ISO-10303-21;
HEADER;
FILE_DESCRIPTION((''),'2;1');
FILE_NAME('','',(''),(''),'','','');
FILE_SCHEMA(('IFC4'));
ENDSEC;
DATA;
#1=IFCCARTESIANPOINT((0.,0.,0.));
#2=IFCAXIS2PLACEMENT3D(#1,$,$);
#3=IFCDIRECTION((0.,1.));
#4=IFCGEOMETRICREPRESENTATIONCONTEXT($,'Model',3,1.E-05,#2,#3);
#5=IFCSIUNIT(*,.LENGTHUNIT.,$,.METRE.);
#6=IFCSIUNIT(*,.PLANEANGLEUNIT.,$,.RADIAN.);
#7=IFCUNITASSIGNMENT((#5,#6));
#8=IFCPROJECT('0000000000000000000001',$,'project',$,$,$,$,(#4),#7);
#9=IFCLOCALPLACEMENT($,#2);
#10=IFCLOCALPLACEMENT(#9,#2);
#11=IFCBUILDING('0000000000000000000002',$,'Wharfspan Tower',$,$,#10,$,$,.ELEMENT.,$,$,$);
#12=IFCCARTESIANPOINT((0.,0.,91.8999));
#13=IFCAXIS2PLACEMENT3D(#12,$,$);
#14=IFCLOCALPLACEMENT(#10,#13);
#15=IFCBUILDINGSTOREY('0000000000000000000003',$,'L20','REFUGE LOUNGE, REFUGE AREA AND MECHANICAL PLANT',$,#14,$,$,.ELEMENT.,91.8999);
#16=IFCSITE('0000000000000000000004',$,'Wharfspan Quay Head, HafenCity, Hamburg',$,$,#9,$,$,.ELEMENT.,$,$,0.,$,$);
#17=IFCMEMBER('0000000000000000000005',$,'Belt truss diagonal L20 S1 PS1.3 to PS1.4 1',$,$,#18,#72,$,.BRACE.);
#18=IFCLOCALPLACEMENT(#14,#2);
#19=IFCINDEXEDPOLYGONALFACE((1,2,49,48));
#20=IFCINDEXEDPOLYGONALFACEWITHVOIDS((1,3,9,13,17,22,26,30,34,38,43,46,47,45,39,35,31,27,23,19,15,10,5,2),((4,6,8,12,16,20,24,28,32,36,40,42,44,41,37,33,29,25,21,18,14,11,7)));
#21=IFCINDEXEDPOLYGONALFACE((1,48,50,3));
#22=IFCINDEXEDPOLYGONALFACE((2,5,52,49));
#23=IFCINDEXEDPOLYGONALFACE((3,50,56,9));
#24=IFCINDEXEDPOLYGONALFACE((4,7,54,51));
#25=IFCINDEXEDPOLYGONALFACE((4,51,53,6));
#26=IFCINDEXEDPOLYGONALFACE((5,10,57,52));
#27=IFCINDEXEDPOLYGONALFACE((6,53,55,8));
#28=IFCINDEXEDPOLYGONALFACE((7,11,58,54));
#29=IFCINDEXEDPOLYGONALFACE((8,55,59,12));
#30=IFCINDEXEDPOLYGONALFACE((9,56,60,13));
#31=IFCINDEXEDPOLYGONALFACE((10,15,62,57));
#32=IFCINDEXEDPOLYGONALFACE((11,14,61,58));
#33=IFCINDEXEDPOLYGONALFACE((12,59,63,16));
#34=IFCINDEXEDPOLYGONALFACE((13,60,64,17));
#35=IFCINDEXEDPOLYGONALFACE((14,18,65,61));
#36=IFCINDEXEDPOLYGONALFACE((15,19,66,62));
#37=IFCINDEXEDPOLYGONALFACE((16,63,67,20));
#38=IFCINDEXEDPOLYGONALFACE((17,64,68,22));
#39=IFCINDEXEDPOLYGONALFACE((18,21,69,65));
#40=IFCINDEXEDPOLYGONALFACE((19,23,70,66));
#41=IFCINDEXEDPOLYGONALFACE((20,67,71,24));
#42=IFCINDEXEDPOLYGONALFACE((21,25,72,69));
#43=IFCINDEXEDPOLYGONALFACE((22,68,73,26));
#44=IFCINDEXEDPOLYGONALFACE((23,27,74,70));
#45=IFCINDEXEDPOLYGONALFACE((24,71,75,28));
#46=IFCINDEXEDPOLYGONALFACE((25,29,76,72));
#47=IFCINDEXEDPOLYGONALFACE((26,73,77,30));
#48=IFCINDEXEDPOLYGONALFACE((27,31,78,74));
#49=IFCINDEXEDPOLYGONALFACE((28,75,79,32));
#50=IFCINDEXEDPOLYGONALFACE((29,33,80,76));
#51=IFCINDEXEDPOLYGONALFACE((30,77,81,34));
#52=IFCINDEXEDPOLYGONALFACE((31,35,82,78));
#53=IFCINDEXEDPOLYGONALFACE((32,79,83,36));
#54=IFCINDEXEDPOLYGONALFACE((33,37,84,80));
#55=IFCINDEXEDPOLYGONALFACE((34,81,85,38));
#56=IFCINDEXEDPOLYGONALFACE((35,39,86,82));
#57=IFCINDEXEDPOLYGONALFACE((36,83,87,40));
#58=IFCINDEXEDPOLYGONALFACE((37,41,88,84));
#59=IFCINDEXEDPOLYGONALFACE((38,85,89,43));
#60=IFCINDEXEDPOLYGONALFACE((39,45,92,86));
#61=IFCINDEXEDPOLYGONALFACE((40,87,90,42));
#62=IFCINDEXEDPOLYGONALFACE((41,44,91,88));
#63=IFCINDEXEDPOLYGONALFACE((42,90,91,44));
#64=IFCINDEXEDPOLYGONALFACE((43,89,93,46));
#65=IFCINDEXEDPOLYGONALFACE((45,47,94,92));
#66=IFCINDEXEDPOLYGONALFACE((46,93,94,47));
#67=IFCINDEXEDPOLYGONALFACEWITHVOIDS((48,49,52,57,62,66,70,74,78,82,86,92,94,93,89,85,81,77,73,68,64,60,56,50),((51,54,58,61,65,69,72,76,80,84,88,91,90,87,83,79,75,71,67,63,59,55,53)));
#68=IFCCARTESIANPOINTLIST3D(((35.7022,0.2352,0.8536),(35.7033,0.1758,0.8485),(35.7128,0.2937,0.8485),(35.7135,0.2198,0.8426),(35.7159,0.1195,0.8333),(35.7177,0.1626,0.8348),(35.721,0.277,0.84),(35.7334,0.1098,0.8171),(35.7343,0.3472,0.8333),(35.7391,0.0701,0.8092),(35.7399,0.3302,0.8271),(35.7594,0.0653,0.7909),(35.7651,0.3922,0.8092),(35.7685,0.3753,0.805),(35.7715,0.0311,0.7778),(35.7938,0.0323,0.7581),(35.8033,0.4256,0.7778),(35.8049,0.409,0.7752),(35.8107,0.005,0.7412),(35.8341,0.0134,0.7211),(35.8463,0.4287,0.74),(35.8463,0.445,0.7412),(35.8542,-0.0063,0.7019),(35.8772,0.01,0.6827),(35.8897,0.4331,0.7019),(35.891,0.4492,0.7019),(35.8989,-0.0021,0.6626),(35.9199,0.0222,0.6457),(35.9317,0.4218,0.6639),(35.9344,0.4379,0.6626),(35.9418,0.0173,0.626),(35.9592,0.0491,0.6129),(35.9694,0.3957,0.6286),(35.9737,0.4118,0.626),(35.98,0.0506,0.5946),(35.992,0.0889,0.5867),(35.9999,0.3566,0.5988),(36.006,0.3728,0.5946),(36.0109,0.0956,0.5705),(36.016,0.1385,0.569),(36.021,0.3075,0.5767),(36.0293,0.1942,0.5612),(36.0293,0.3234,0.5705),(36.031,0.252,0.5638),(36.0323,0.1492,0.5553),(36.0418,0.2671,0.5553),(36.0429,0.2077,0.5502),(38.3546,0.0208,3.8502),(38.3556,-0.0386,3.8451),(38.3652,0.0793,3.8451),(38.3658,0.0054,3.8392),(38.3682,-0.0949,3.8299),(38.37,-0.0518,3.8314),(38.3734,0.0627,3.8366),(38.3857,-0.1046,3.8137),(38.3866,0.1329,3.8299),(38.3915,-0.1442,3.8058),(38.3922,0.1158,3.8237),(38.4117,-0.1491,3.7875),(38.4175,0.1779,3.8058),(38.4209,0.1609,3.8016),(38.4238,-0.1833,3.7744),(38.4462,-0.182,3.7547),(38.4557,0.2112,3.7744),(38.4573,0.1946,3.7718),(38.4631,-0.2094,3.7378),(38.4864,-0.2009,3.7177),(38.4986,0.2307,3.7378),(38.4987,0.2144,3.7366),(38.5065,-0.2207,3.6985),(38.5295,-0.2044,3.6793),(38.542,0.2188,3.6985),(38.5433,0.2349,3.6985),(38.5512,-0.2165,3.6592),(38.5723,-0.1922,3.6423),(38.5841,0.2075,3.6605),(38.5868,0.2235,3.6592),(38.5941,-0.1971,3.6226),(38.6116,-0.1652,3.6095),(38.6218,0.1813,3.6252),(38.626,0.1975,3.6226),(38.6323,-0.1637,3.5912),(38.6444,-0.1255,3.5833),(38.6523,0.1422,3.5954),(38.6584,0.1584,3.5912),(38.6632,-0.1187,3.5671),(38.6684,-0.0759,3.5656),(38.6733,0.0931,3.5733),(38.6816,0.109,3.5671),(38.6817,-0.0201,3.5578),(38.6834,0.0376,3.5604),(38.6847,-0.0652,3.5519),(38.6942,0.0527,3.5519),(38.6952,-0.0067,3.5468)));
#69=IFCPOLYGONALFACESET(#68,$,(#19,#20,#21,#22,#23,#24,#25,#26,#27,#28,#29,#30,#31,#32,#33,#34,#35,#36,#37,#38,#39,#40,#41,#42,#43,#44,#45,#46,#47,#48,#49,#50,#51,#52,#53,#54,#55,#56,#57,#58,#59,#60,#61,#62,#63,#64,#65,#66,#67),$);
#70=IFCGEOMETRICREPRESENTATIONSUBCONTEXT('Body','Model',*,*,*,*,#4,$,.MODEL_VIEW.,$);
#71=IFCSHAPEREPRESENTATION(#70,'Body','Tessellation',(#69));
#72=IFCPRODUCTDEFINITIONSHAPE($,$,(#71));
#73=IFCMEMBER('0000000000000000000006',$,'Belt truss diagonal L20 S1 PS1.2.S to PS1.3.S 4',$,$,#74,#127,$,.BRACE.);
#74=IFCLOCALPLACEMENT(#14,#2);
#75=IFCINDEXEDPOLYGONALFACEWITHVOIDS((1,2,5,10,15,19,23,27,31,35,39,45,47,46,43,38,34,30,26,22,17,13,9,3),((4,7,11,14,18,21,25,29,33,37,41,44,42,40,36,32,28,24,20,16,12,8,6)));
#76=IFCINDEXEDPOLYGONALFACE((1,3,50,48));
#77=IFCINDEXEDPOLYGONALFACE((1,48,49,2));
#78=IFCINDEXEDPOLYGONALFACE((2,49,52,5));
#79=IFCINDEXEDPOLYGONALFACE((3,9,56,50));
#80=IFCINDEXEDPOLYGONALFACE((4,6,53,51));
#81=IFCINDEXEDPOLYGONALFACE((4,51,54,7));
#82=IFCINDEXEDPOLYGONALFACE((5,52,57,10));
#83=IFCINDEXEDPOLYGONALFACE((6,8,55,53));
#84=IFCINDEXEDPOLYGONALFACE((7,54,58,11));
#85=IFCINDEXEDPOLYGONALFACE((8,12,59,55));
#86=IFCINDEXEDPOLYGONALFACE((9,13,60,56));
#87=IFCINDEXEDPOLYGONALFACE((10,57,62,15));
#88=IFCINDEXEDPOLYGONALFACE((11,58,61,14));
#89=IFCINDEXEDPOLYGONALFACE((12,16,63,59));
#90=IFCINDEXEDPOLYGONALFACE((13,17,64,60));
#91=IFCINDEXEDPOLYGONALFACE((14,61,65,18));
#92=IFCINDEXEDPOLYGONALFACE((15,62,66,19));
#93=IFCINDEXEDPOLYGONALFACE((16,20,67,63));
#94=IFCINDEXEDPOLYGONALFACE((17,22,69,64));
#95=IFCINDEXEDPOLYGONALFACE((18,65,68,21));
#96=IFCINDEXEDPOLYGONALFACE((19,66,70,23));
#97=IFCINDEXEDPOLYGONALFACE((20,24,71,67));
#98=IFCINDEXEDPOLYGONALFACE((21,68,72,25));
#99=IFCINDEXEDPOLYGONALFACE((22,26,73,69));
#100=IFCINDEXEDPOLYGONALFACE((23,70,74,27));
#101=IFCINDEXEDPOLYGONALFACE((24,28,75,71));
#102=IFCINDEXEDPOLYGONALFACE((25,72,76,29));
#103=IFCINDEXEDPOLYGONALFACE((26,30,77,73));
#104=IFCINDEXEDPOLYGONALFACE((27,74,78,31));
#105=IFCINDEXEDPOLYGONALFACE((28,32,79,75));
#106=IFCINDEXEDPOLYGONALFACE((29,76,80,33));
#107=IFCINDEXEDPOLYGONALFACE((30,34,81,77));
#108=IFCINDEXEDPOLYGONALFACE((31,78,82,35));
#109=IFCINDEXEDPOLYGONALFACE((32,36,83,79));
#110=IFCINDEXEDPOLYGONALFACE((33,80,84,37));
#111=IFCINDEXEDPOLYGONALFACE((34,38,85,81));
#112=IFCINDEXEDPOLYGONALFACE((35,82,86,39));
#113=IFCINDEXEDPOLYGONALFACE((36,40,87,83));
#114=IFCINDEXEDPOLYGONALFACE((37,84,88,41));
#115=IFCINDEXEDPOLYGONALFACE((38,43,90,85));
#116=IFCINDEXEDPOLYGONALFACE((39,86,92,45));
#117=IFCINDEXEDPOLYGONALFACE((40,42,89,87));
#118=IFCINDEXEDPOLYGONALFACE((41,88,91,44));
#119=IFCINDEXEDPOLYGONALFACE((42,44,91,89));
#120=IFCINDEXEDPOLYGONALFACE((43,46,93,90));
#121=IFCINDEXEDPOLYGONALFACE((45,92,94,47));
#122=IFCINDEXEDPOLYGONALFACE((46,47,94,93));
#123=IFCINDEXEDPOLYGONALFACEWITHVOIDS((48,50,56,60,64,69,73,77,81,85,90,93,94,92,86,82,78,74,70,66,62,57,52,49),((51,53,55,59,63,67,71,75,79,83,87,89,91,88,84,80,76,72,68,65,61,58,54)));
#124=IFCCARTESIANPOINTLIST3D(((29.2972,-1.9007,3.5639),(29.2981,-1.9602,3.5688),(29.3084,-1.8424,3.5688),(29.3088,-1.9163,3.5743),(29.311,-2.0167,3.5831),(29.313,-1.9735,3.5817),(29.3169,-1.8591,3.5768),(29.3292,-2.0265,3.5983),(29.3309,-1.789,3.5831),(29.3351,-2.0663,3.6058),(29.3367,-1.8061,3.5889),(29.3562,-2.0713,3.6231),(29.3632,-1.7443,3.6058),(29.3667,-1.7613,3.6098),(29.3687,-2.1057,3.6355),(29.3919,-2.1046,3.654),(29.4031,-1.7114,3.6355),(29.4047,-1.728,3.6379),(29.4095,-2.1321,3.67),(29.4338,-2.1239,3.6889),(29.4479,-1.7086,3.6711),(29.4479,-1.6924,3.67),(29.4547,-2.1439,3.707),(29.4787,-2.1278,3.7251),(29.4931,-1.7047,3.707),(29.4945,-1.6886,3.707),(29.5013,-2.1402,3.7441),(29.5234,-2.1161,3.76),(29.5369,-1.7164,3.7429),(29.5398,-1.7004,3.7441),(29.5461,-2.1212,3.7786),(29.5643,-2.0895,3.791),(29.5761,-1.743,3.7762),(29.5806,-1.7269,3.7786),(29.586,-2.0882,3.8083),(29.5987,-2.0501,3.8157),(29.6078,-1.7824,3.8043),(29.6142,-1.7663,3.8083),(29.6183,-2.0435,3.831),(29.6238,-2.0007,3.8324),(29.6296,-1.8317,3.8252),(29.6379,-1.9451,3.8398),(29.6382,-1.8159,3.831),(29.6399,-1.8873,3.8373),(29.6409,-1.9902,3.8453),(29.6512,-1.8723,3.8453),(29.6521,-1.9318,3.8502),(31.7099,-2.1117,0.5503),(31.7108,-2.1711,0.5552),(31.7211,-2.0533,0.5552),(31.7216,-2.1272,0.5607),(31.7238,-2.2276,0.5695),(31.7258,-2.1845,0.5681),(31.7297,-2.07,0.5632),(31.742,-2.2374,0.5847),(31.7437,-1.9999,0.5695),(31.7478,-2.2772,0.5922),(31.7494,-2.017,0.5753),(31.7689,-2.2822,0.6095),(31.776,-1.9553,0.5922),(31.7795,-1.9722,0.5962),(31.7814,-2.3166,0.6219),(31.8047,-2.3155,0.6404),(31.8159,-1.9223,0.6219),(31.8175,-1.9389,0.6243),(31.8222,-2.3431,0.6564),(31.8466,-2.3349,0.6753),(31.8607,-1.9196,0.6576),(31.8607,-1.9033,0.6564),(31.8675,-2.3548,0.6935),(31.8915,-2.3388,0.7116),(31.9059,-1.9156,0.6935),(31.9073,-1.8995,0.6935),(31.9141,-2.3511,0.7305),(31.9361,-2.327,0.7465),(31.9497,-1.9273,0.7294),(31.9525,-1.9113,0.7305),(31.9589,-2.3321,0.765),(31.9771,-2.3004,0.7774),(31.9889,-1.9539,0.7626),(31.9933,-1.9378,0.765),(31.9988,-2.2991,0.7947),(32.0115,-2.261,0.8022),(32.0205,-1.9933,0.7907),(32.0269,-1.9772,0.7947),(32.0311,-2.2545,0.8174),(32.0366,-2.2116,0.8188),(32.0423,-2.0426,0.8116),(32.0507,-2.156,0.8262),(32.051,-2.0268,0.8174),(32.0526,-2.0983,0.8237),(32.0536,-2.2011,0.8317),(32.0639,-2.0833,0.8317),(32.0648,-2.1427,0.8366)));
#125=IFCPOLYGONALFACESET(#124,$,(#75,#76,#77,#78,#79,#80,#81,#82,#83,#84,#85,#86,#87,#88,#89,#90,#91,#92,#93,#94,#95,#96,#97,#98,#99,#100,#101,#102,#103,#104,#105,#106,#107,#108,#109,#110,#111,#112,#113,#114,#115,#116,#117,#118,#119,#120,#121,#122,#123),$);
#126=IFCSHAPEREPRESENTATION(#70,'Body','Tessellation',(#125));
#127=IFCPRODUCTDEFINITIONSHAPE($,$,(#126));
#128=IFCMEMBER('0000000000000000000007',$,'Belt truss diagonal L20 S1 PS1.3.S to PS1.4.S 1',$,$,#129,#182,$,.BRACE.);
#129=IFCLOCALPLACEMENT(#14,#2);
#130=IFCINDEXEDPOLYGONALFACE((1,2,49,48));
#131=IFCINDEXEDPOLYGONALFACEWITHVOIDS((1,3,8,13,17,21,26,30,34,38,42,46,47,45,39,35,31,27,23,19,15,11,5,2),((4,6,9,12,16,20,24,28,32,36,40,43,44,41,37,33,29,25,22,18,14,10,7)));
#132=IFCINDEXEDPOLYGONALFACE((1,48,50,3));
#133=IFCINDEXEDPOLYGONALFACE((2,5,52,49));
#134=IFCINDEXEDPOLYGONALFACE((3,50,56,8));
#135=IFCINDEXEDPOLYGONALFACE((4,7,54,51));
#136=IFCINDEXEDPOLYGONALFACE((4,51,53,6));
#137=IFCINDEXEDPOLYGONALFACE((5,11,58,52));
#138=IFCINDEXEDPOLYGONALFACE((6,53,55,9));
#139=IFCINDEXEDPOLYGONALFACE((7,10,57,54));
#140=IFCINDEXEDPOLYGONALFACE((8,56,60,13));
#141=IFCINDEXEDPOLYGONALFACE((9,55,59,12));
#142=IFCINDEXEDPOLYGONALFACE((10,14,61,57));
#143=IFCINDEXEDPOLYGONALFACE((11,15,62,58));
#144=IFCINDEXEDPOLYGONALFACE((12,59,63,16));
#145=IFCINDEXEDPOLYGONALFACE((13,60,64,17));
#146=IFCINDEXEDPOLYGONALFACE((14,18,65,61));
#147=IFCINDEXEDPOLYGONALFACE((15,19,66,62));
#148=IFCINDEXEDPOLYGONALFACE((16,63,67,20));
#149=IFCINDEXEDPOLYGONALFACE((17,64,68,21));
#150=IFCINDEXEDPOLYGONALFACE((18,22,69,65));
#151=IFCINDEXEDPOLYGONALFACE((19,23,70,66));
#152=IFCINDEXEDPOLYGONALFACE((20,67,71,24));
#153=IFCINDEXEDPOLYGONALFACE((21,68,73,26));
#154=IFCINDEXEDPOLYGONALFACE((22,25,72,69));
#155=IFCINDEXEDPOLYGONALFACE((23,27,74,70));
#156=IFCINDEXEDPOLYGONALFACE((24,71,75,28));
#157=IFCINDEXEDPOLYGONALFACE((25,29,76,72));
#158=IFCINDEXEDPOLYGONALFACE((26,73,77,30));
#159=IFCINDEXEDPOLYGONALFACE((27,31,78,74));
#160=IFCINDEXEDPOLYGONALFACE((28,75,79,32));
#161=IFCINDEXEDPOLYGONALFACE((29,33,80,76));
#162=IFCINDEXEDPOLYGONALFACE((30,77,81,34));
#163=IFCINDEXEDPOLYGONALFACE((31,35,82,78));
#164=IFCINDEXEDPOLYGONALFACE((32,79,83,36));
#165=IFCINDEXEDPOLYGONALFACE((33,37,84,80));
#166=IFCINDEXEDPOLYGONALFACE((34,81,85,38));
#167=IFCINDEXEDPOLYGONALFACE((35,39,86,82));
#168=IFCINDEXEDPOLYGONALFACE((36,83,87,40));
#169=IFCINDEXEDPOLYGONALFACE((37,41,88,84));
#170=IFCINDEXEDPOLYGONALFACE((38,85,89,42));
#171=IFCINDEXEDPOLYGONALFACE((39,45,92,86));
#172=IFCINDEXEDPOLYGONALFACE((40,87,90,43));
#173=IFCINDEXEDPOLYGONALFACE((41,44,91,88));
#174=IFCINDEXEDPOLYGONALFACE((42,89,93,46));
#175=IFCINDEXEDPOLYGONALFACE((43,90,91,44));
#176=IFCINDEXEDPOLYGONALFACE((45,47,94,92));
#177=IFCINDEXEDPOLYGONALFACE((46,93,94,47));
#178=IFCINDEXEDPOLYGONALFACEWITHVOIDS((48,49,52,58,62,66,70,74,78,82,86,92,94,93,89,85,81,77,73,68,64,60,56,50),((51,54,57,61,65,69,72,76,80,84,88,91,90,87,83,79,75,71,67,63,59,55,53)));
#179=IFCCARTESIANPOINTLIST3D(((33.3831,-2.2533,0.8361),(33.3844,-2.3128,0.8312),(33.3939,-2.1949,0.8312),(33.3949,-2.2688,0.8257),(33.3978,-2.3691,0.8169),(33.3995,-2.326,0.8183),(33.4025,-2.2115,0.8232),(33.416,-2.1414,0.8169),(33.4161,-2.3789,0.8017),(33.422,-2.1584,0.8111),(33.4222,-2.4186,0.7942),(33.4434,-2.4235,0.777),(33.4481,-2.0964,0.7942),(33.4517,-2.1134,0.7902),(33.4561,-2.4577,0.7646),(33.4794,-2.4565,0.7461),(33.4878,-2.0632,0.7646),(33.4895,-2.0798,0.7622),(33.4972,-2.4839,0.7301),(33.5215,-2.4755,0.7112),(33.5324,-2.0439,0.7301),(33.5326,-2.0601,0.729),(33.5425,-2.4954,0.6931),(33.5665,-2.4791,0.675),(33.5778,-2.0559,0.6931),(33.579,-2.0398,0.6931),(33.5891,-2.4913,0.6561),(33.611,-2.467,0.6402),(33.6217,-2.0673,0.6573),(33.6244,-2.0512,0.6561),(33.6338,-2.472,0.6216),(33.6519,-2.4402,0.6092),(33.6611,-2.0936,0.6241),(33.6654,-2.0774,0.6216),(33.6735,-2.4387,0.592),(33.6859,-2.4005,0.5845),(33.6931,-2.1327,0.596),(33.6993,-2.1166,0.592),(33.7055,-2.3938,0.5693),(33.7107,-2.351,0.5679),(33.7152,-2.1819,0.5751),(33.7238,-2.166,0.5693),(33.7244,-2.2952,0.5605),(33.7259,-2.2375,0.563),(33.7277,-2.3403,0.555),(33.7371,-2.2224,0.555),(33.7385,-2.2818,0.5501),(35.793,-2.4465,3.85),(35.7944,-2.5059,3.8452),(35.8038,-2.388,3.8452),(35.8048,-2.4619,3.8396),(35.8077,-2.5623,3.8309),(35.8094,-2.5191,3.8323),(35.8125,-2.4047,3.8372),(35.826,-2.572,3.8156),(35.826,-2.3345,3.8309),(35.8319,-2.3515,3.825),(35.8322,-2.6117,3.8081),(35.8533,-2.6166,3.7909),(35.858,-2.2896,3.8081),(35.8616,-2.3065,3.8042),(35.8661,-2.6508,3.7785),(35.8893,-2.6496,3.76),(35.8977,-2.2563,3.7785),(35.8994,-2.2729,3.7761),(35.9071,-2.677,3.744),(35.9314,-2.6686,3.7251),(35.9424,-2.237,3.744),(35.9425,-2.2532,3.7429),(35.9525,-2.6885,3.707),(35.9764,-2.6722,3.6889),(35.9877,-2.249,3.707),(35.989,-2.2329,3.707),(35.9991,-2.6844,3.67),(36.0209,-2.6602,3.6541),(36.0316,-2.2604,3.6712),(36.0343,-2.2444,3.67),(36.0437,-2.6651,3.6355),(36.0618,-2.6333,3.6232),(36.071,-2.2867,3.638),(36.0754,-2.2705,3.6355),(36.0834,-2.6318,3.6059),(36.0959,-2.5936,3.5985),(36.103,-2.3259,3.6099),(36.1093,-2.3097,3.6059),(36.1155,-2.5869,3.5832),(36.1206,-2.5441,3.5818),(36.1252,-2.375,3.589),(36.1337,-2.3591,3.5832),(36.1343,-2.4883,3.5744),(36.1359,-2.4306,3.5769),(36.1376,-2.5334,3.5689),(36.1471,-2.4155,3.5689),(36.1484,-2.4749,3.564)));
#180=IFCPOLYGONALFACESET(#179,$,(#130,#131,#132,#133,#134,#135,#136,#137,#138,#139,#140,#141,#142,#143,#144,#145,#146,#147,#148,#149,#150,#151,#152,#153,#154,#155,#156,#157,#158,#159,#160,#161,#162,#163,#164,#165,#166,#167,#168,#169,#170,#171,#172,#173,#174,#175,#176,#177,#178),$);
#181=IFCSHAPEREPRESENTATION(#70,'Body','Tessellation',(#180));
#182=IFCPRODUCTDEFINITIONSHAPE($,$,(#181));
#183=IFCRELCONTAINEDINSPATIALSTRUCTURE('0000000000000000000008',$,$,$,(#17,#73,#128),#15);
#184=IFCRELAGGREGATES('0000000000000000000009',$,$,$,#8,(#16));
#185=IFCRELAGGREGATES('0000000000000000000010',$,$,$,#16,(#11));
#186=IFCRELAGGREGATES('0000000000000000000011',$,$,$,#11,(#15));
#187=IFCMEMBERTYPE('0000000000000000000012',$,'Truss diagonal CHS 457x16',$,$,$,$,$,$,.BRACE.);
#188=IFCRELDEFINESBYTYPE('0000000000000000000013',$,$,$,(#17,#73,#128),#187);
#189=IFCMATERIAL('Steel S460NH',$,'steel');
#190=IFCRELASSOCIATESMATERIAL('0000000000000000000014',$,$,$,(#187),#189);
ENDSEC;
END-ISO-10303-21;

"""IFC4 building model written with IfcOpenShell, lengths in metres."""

from ifc_helpers import new_model, si_unit, direction, frame, origin, origin_2d, place, context, subcontext, project, spatial, hollow_circle, extrude, material, material_profile, profile_set, type_object, element, save


model = new_model("IFC4")

# Units and contexts
model_context = context("Model", 3, precision=1e-05, world=origin(), true_north=direction((0.0, 1.0)))
body_context = subcontext(model_context, "Body", "Model", "MODEL_VIEW")
ifc_project = project(units=[si_unit("LENGTHUNIT", "METRE"), si_unit("PLANEANGLEUNIT", "RADIAN")], contexts=[model_context])

# Site, building, storey
site_placement = place(None, origin())
site = spatial("IfcSite", under=ifc_project, at=site_placement, Name="Wharfspan Quay Head, HafenCity, Hamburg", CompositionType="ELEMENT", RefElevation=0.0)
building_placement = place(site_placement, origin())
building = spatial("IfcBuilding", under=site, at=building_placement, Name="Wharfspan Tower", CompositionType="ELEMENT")
storey_placement = place(building_placement, frame((0.0, 0.0, 91.8999)))
storey = spatial("IfcBuildingStorey", under=building, at=storey_placement, Name="L20", Description="REFUGE LOUNGE, REFUGE AREA AND MECHANICAL PLANT", CompositionType="ELEMENT", Elevation=91.8999)

# Members
ifc_material_1 = material(Name="Steel S460NH", Category="steel")
ifc_material_profile_1 = material_profile(ifc_material_1, hollow_circle(Radius=0.2285, WallThickness=0.0161, at=origin_2d()))
ifc_profile_set_1 = profile_set([ifc_material_profile_1], Name="Steel S460NH")
member_type_1 = type_object("IfcMemberType", Name="Truss diagonal CHS 457x16", PredefinedType="BRACE", material=ifc_profile_set_1)
member_1_placement = place(storey_placement, frame((35.8726, 0.2214, 0.7019), z_axis=(0.661838, -0.053488, 0.747736), x_axis=(0.080556, 0.996752, -0.000001)))
element("IfcMember", 1, at=member_1_placement, inside=storey, type_object=member_type_1, Name="Belt truss diagonal L20 S1 PS1.3 to PS1.4 1", PredefinedType="BRACE", context=body_context, shape_type="SweptSolid", body=[
    extrude(hollow_circle(Radius=0.2285, WallThickness=0.0161, at=origin_2d()), origin(), (0.0, 0.0, 1.0), 4.0076),
])
member_2_placement = place(storey_placement, frame((29.4746, -1.9163, 3.707), z_axis=(0.624065, -0.054558, -0.779465), x_axis=(0.087088, 0.996204, -0.000003)))
element("IfcMember", 2, at=member_2_placement, inside=storey, type_object=member_type_1, Name="Belt truss diagonal L20 S1 PS1.2.S to PS1.3.S 4", PredefinedType="BRACE", context=body_context, shape_type="SweptSolid", body=[
    extrude(hollow_circle(Radius=0.2285, WallThickness=0.0161, at=origin_2d()), origin(), (0.0, 0.0, 1.0), 3.8662),
])
member_3_placement = place(storey_placement, frame((33.5608, -2.2676, 0.6931), z_axis=(0.623722, -0.049981, 0.780047), x_axis=(0.079879, 0.996809, -0.000001)))
element("IfcMember", 3, at=member_3_placement, inside=storey, type_object=member_type_1, Name="Belt truss diagonal L20 S1 PS1.3.S to PS1.4.S 1", PredefinedType="BRACE", context=body_context, shape_type="SweptSolid", body=[
    extrude(hollow_circle(Radius=0.2285, WallThickness=0.0161, at=origin_2d()), origin(), (0.0, 0.0, 1.0), 3.8638),
])

save(model, "model.ifc")
